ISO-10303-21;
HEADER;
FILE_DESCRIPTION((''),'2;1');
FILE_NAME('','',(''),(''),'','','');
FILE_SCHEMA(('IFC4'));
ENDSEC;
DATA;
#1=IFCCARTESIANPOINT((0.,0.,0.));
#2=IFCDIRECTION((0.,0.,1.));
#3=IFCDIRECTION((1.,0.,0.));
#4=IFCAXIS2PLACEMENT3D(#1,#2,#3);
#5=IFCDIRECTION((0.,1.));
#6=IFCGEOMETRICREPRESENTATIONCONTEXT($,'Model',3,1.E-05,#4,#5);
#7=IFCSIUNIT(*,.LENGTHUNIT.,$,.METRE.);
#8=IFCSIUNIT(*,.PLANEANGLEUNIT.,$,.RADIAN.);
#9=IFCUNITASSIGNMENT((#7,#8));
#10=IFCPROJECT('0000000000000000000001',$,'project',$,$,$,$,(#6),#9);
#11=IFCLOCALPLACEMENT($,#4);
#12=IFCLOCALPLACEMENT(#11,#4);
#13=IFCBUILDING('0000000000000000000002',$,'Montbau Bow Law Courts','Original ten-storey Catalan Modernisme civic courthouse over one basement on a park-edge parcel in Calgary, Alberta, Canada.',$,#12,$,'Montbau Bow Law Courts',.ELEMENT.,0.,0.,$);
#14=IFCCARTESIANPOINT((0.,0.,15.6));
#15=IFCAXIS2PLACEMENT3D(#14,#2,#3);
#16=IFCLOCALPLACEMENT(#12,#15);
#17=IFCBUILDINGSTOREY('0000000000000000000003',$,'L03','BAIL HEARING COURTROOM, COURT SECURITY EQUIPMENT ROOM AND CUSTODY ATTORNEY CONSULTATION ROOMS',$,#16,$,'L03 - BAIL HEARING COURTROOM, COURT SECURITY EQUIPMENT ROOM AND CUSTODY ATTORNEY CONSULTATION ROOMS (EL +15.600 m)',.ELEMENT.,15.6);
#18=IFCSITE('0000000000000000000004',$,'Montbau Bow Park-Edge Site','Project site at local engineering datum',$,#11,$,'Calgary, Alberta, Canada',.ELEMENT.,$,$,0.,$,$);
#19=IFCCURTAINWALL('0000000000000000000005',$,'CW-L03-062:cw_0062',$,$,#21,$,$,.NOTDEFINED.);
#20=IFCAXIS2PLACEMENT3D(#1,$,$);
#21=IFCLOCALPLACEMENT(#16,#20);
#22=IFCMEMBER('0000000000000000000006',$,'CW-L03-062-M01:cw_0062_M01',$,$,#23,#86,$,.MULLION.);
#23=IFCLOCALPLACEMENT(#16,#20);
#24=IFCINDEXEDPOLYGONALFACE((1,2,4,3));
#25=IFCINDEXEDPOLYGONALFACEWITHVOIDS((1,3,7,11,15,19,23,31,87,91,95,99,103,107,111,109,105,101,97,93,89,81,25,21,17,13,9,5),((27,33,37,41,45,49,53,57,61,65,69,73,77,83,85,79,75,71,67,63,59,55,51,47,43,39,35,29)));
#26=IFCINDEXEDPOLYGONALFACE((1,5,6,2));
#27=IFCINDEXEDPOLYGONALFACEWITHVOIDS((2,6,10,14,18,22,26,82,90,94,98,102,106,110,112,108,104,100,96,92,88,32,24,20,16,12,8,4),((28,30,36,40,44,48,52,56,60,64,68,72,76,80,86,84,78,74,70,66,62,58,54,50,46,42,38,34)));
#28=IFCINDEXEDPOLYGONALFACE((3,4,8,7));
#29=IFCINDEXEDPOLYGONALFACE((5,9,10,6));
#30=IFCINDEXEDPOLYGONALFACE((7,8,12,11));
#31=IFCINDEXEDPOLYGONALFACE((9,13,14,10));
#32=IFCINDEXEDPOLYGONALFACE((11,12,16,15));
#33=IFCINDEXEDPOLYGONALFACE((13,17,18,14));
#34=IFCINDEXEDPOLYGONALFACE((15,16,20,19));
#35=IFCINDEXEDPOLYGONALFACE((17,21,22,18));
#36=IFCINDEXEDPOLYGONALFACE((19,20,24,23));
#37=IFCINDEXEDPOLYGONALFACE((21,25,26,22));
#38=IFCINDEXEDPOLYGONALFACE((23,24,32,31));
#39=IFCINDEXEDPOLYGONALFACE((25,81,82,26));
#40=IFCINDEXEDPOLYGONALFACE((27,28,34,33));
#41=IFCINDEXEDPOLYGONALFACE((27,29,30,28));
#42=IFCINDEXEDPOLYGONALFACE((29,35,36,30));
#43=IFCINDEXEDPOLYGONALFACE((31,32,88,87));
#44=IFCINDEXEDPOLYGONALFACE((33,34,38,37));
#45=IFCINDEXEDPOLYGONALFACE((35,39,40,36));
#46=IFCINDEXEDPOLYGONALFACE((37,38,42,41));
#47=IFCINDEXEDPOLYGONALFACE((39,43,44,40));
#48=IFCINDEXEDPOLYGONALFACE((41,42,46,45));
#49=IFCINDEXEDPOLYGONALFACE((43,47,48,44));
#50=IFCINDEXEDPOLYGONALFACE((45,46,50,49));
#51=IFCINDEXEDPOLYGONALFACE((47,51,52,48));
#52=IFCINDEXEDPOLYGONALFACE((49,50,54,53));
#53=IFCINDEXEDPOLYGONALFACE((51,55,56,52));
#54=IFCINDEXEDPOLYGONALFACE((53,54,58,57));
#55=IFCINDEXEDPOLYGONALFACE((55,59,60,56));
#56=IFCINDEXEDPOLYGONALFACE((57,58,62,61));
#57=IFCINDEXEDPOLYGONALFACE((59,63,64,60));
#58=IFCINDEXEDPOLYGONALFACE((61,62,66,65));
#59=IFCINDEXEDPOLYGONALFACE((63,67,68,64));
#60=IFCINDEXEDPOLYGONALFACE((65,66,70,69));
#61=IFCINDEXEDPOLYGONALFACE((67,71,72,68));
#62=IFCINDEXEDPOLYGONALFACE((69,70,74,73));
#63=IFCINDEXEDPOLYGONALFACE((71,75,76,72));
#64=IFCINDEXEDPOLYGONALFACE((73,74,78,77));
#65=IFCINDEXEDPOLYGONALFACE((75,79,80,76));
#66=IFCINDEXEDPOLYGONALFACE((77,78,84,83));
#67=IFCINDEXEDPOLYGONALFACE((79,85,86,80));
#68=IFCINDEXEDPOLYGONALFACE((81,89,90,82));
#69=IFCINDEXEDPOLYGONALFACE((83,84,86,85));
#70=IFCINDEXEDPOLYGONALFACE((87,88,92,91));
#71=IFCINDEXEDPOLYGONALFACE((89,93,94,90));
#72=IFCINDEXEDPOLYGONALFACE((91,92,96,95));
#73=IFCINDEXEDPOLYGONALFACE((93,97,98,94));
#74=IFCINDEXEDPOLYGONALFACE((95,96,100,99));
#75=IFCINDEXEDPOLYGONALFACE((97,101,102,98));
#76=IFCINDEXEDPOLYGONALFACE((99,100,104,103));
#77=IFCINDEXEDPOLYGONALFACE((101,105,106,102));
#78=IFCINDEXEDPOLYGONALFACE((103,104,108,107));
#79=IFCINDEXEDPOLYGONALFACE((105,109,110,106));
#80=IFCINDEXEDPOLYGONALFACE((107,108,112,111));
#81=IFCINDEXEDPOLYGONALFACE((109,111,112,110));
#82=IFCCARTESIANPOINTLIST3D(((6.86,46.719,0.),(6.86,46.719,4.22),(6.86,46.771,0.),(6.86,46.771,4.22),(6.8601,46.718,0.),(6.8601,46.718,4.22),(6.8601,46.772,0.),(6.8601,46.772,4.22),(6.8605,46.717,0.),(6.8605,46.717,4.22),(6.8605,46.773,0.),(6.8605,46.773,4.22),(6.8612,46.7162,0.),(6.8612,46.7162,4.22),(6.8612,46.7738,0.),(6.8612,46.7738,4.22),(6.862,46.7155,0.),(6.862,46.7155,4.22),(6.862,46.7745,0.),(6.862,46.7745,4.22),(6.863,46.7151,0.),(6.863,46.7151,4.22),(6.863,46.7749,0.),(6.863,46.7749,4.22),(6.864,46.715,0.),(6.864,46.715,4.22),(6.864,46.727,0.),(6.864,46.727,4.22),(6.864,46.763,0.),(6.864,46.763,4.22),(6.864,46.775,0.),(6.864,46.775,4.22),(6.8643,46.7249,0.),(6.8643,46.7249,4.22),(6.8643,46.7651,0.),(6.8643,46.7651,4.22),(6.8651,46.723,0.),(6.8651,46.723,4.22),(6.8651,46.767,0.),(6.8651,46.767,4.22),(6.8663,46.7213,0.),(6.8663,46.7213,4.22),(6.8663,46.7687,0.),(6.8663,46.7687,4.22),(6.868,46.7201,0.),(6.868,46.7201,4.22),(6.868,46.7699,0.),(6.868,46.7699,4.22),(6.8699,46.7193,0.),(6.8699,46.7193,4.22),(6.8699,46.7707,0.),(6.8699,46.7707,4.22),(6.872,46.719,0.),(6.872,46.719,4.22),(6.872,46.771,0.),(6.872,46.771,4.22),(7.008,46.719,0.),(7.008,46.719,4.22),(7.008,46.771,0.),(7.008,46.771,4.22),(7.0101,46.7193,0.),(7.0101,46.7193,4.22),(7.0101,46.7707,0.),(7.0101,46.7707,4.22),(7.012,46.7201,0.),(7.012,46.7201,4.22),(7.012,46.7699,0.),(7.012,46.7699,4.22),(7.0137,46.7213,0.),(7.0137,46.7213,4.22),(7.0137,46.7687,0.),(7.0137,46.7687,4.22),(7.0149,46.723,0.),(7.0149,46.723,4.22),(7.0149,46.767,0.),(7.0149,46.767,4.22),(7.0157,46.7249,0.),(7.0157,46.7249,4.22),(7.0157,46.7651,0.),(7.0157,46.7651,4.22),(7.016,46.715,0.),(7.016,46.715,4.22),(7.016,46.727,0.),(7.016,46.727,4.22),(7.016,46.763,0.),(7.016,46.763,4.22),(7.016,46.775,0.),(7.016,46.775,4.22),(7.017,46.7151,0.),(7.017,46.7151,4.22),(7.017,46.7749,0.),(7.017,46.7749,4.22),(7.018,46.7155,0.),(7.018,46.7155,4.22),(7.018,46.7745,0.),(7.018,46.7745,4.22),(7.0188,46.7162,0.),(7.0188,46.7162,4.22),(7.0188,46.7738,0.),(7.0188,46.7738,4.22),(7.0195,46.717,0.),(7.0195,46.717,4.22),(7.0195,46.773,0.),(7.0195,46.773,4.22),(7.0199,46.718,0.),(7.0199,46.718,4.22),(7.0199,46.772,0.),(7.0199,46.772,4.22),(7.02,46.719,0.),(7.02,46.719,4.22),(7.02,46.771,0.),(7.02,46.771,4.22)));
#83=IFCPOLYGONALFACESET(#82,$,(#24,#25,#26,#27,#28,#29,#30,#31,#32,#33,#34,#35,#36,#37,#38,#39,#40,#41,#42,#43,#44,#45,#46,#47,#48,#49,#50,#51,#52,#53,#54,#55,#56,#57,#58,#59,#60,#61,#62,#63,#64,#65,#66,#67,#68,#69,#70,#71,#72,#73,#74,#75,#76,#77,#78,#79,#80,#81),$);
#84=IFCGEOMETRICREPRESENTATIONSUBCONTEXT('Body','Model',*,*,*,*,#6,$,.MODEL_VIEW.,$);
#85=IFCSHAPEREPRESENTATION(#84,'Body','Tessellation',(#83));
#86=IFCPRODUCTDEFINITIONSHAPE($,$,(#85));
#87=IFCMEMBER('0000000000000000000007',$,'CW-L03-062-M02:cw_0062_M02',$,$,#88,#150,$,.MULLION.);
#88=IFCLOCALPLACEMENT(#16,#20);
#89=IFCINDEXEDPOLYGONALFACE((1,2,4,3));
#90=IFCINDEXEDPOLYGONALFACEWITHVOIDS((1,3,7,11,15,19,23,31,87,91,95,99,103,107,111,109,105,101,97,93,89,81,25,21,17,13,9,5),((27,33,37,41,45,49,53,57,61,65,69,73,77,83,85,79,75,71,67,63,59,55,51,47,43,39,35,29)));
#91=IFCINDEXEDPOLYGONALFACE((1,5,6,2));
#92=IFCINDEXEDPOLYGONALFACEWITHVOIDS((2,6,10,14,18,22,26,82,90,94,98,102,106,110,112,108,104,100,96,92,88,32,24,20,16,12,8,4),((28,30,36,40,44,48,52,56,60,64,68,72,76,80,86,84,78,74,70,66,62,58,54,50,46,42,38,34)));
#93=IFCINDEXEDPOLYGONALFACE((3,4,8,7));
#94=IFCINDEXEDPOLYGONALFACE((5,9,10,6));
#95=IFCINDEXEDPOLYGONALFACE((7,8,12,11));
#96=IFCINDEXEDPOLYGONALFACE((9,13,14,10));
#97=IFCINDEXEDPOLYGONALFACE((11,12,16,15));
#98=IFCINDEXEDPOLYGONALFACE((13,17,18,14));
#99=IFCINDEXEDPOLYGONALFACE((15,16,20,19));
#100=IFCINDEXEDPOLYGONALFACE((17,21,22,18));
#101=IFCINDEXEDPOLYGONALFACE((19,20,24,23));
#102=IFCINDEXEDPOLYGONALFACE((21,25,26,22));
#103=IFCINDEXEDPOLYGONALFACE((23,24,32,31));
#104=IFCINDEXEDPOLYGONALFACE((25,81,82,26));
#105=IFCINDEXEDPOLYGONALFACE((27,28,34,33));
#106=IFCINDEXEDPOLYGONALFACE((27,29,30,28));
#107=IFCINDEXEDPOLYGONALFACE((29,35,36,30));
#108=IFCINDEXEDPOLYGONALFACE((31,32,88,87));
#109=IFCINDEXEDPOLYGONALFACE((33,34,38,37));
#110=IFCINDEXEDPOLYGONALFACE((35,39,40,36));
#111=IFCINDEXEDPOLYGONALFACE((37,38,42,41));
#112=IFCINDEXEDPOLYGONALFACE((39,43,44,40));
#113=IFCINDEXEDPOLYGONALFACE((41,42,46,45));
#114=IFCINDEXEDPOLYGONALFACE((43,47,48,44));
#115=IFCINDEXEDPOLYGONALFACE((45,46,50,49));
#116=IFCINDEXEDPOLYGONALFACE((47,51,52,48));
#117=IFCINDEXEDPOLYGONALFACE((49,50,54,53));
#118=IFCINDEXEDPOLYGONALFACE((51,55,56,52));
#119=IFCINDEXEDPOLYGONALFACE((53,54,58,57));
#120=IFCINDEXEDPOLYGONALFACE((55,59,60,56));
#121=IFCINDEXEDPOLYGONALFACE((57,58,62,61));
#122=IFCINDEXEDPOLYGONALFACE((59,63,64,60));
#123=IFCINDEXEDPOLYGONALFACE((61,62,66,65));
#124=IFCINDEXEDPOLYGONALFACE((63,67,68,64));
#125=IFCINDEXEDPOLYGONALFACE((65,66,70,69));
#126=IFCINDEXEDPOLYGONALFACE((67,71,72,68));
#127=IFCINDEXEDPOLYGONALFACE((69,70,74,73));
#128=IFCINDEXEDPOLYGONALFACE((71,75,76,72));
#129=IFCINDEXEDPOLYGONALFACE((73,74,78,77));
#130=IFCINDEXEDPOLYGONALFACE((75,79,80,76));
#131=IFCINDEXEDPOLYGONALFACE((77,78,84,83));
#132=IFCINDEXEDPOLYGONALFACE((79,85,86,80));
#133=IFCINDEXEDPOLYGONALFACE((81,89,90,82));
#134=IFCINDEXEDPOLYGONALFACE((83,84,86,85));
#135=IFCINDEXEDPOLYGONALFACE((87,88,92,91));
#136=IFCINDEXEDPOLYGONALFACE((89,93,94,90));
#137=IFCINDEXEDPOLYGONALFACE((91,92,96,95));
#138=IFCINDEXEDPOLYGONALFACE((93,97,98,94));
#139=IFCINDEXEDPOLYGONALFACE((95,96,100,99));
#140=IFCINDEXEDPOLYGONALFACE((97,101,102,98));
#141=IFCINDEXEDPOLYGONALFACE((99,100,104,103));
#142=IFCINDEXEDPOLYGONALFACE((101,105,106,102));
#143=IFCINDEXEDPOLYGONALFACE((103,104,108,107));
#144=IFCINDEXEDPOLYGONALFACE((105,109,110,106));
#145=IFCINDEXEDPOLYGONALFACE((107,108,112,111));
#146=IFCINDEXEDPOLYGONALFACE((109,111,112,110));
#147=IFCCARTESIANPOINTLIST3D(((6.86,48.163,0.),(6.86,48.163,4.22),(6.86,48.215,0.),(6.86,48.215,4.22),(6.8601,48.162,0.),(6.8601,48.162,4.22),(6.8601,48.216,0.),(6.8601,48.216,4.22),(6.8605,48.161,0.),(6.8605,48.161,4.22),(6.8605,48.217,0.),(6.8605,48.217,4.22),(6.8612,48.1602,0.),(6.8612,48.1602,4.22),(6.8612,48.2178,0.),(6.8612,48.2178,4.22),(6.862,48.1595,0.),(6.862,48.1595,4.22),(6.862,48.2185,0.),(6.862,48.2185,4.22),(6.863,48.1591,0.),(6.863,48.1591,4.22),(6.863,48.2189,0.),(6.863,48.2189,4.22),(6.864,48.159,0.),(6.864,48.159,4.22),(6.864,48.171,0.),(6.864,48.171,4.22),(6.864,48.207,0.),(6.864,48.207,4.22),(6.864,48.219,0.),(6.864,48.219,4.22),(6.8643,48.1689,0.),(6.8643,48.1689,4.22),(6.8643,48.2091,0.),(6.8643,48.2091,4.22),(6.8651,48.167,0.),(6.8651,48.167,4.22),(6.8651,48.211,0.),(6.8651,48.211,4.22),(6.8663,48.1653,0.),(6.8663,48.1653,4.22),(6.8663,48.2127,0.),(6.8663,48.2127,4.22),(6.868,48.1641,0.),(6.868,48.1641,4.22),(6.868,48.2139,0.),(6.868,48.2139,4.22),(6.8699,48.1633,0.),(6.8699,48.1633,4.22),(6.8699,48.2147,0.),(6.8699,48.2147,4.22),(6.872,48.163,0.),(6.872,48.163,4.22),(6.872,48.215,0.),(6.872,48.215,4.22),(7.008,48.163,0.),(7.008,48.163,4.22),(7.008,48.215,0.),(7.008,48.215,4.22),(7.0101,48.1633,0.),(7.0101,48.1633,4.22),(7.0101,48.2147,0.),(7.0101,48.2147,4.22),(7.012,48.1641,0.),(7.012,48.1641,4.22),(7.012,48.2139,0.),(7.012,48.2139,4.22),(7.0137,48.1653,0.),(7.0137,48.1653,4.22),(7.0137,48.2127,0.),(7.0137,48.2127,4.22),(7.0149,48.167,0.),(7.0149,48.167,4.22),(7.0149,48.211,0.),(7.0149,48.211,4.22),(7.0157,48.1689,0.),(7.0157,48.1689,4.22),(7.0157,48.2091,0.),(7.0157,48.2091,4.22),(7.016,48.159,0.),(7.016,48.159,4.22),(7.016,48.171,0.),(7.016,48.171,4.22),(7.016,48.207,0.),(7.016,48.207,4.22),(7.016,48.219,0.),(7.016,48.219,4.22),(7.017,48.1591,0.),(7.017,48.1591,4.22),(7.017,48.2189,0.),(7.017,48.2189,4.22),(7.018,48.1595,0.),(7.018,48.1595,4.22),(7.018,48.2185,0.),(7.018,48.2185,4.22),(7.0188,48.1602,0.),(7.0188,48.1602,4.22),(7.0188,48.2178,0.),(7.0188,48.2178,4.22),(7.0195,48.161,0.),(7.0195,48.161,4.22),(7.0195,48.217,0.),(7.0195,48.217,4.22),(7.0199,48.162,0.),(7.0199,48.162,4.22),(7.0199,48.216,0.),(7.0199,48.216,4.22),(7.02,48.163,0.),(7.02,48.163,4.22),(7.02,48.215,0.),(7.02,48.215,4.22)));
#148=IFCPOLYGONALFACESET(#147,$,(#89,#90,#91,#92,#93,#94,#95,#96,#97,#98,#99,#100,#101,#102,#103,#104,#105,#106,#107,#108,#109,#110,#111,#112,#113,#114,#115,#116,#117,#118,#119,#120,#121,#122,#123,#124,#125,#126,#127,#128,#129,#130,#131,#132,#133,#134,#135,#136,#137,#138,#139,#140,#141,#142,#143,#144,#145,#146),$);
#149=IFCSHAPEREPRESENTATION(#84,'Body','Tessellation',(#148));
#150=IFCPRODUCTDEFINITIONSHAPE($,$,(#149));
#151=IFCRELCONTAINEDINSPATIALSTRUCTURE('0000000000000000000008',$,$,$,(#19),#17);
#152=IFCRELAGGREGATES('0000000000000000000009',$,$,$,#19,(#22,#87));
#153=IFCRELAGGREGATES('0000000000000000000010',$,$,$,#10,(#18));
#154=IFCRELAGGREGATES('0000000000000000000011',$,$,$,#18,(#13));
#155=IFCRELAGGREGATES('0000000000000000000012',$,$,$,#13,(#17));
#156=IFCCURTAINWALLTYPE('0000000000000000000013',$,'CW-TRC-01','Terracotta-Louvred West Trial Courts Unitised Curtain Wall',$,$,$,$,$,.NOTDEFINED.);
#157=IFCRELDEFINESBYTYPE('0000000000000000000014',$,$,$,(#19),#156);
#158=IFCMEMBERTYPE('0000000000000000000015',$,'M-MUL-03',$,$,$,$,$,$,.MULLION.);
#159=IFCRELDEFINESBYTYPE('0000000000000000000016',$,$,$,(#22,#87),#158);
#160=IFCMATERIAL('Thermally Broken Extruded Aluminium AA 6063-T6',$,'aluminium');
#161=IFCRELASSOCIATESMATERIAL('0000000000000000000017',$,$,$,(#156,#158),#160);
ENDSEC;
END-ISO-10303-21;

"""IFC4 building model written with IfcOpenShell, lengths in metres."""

from ifc_helpers import new_model, si_unit, direction, frame, origin_with_axes, origin_2d_with_axis, place, context, subcontext, project, spatial, hollow_rectangle, extrude, material, material_profile, profile_set, type_object, element, aggregate, save


model = new_model("IFC4")

# Units and contexts
model_context = context("Model", 3, precision=1e-05, world=origin_with_axes(), true_north=direction((0.0, 1.0)))
body_context = subcontext(model_context, "Body", "Model", "MODEL_VIEW")
ifc_project = project(units=[si_unit("LENGTHUNIT", "METRE"), si_unit("PLANEANGLEUNIT", "RADIAN")], contexts=[model_context])

# Site, building, storey
site_placement = place(None, origin_with_axes())
site = spatial("IfcSite", under=ifc_project, at=site_placement, Name="Montbau Bow Park-Edge Site", Description="Project site at local engineering datum", LongName="Calgary, Alberta, Canada", CompositionType="ELEMENT", RefElevation=0.0)
building_placement = place(site_placement, origin_with_axes())
building = spatial("IfcBuilding", under=site, at=building_placement, Name="Montbau Bow Law Courts", Description="Original ten-storey Catalan Modernisme civic courthouse over one basement on a park-edge parcel in Calgary, Alberta, Canada.", LongName="Montbau Bow Law Courts", CompositionType="ELEMENT", ElevationOfRefHeight=0.0, ElevationOfTerrain=0.0)
storey_placement = place(building_placement, frame((0.0, 0.0, 15.6), z_axis=(0.0, 0.0, 1.0), x_axis=(1.0, 0.0, 0.0)))
storey = spatial("IfcBuildingStorey", under=building, at=storey_placement, Name="L03", Description="BAIL HEARING COURTROOM, COURT SECURITY EQUIPMENT ROOM AND CUSTODY ATTORNEY CONSULTATION ROOMS", LongName="L03 - BAIL HEARING COURTROOM, COURT SECURITY EQUIPMENT ROOM AND CUSTODY ATTORNEY CONSULTATION ROOMS (EL +15.600 m)", CompositionType="ELEMENT", Elevation=15.6)

# Shared definitions
ifc_material_1 = material(Name="Thermally Broken Extruded Aluminium AA 6063-T6", Category="aluminium")
curtain_wall_type = type_object("IfcCurtainWallType", Name="CW-TRC-01", Description="Terracotta-Louvred West Trial Courts Unitised Curtain Wall", PredefinedType="NOTDEFINED", material=ifc_material_1)

# Curtain wall, members
curtain_wall_1_placement = place(None, frame((6.94, 46.715, 15.6), z_axis=(0.0, 0.0, 1.0), x_axis=(1.0, 0.0, 0.0)))
curtain_wall_1 = element("IfcCurtainWall", 1, at=curtain_wall_1_placement, inside=storey, type_object=curtain_wall_type, Name="CW-L03-062:cw_0062", PredefinedType="NOTDEFINED")
ifc_material_profile_1 = material_profile(ifc_material_1, hollow_rectangle(XDim=0.06, YDim=0.16, WallThickness=0.004, InnerFilletRadius=0.008, OuterFilletRadius=0.004, at=origin_2d_with_axis()), Name="CWM-160X60", Category="Main", Priority=0)
ifc_profile_set_1 = profile_set([ifc_material_profile_1], Name="Thermally Broken Extruded Aluminium AA 6063-T6")
member_type_1 = type_object("IfcMemberType", Name="M-MUL-03", PredefinedType="MULLION", material=ifc_profile_set_1)
member_1_placement = place(None, frame((6.94, 46.745, 15.6), z_axis=(0.0, 0.0, 1.0), x_axis=(0.0, 1.0, 0.0)))
member_1 = element("IfcMember", 2, at=member_1_placement, type_object=member_type_1, Name="CW-L03-062-M01:cw_0062_M01", PredefinedType="MULLION", context=body_context, shape_type="SweptSolid", body=[
    extrude(hollow_rectangle(XDim=0.06, YDim=0.16, WallThickness=0.004, InnerFilletRadius=0.008, OuterFilletRadius=0.004, at=origin_2d_with_axis()), origin_with_axes(), (0.0, 0.0, 1.0), 4.22),
])
member_2_placement = place(None, frame((6.94, 48.189, 15.6), z_axis=(0.0, 0.0, 1.0), x_axis=(0.0, 1.0, 0.0)))
member_2 = element("IfcMember", 3, at=member_2_placement, type_object=member_type_1, Name="CW-L03-062-M02:cw_0062_M02", PredefinedType="MULLION", context=body_context, shape_type="SweptSolid", body=[
    extrude(hollow_rectangle(XDim=0.06, YDim=0.16, WallThickness=0.004, InnerFilletRadius=0.008, OuterFilletRadius=0.004, at=origin_2d_with_axis()), origin_with_axes(), (0.0, 0.0, 1.0), 4.22),
])
aggregate(curtain_wall_1, [member_1, member_2])

save(model, "model.ifc")
